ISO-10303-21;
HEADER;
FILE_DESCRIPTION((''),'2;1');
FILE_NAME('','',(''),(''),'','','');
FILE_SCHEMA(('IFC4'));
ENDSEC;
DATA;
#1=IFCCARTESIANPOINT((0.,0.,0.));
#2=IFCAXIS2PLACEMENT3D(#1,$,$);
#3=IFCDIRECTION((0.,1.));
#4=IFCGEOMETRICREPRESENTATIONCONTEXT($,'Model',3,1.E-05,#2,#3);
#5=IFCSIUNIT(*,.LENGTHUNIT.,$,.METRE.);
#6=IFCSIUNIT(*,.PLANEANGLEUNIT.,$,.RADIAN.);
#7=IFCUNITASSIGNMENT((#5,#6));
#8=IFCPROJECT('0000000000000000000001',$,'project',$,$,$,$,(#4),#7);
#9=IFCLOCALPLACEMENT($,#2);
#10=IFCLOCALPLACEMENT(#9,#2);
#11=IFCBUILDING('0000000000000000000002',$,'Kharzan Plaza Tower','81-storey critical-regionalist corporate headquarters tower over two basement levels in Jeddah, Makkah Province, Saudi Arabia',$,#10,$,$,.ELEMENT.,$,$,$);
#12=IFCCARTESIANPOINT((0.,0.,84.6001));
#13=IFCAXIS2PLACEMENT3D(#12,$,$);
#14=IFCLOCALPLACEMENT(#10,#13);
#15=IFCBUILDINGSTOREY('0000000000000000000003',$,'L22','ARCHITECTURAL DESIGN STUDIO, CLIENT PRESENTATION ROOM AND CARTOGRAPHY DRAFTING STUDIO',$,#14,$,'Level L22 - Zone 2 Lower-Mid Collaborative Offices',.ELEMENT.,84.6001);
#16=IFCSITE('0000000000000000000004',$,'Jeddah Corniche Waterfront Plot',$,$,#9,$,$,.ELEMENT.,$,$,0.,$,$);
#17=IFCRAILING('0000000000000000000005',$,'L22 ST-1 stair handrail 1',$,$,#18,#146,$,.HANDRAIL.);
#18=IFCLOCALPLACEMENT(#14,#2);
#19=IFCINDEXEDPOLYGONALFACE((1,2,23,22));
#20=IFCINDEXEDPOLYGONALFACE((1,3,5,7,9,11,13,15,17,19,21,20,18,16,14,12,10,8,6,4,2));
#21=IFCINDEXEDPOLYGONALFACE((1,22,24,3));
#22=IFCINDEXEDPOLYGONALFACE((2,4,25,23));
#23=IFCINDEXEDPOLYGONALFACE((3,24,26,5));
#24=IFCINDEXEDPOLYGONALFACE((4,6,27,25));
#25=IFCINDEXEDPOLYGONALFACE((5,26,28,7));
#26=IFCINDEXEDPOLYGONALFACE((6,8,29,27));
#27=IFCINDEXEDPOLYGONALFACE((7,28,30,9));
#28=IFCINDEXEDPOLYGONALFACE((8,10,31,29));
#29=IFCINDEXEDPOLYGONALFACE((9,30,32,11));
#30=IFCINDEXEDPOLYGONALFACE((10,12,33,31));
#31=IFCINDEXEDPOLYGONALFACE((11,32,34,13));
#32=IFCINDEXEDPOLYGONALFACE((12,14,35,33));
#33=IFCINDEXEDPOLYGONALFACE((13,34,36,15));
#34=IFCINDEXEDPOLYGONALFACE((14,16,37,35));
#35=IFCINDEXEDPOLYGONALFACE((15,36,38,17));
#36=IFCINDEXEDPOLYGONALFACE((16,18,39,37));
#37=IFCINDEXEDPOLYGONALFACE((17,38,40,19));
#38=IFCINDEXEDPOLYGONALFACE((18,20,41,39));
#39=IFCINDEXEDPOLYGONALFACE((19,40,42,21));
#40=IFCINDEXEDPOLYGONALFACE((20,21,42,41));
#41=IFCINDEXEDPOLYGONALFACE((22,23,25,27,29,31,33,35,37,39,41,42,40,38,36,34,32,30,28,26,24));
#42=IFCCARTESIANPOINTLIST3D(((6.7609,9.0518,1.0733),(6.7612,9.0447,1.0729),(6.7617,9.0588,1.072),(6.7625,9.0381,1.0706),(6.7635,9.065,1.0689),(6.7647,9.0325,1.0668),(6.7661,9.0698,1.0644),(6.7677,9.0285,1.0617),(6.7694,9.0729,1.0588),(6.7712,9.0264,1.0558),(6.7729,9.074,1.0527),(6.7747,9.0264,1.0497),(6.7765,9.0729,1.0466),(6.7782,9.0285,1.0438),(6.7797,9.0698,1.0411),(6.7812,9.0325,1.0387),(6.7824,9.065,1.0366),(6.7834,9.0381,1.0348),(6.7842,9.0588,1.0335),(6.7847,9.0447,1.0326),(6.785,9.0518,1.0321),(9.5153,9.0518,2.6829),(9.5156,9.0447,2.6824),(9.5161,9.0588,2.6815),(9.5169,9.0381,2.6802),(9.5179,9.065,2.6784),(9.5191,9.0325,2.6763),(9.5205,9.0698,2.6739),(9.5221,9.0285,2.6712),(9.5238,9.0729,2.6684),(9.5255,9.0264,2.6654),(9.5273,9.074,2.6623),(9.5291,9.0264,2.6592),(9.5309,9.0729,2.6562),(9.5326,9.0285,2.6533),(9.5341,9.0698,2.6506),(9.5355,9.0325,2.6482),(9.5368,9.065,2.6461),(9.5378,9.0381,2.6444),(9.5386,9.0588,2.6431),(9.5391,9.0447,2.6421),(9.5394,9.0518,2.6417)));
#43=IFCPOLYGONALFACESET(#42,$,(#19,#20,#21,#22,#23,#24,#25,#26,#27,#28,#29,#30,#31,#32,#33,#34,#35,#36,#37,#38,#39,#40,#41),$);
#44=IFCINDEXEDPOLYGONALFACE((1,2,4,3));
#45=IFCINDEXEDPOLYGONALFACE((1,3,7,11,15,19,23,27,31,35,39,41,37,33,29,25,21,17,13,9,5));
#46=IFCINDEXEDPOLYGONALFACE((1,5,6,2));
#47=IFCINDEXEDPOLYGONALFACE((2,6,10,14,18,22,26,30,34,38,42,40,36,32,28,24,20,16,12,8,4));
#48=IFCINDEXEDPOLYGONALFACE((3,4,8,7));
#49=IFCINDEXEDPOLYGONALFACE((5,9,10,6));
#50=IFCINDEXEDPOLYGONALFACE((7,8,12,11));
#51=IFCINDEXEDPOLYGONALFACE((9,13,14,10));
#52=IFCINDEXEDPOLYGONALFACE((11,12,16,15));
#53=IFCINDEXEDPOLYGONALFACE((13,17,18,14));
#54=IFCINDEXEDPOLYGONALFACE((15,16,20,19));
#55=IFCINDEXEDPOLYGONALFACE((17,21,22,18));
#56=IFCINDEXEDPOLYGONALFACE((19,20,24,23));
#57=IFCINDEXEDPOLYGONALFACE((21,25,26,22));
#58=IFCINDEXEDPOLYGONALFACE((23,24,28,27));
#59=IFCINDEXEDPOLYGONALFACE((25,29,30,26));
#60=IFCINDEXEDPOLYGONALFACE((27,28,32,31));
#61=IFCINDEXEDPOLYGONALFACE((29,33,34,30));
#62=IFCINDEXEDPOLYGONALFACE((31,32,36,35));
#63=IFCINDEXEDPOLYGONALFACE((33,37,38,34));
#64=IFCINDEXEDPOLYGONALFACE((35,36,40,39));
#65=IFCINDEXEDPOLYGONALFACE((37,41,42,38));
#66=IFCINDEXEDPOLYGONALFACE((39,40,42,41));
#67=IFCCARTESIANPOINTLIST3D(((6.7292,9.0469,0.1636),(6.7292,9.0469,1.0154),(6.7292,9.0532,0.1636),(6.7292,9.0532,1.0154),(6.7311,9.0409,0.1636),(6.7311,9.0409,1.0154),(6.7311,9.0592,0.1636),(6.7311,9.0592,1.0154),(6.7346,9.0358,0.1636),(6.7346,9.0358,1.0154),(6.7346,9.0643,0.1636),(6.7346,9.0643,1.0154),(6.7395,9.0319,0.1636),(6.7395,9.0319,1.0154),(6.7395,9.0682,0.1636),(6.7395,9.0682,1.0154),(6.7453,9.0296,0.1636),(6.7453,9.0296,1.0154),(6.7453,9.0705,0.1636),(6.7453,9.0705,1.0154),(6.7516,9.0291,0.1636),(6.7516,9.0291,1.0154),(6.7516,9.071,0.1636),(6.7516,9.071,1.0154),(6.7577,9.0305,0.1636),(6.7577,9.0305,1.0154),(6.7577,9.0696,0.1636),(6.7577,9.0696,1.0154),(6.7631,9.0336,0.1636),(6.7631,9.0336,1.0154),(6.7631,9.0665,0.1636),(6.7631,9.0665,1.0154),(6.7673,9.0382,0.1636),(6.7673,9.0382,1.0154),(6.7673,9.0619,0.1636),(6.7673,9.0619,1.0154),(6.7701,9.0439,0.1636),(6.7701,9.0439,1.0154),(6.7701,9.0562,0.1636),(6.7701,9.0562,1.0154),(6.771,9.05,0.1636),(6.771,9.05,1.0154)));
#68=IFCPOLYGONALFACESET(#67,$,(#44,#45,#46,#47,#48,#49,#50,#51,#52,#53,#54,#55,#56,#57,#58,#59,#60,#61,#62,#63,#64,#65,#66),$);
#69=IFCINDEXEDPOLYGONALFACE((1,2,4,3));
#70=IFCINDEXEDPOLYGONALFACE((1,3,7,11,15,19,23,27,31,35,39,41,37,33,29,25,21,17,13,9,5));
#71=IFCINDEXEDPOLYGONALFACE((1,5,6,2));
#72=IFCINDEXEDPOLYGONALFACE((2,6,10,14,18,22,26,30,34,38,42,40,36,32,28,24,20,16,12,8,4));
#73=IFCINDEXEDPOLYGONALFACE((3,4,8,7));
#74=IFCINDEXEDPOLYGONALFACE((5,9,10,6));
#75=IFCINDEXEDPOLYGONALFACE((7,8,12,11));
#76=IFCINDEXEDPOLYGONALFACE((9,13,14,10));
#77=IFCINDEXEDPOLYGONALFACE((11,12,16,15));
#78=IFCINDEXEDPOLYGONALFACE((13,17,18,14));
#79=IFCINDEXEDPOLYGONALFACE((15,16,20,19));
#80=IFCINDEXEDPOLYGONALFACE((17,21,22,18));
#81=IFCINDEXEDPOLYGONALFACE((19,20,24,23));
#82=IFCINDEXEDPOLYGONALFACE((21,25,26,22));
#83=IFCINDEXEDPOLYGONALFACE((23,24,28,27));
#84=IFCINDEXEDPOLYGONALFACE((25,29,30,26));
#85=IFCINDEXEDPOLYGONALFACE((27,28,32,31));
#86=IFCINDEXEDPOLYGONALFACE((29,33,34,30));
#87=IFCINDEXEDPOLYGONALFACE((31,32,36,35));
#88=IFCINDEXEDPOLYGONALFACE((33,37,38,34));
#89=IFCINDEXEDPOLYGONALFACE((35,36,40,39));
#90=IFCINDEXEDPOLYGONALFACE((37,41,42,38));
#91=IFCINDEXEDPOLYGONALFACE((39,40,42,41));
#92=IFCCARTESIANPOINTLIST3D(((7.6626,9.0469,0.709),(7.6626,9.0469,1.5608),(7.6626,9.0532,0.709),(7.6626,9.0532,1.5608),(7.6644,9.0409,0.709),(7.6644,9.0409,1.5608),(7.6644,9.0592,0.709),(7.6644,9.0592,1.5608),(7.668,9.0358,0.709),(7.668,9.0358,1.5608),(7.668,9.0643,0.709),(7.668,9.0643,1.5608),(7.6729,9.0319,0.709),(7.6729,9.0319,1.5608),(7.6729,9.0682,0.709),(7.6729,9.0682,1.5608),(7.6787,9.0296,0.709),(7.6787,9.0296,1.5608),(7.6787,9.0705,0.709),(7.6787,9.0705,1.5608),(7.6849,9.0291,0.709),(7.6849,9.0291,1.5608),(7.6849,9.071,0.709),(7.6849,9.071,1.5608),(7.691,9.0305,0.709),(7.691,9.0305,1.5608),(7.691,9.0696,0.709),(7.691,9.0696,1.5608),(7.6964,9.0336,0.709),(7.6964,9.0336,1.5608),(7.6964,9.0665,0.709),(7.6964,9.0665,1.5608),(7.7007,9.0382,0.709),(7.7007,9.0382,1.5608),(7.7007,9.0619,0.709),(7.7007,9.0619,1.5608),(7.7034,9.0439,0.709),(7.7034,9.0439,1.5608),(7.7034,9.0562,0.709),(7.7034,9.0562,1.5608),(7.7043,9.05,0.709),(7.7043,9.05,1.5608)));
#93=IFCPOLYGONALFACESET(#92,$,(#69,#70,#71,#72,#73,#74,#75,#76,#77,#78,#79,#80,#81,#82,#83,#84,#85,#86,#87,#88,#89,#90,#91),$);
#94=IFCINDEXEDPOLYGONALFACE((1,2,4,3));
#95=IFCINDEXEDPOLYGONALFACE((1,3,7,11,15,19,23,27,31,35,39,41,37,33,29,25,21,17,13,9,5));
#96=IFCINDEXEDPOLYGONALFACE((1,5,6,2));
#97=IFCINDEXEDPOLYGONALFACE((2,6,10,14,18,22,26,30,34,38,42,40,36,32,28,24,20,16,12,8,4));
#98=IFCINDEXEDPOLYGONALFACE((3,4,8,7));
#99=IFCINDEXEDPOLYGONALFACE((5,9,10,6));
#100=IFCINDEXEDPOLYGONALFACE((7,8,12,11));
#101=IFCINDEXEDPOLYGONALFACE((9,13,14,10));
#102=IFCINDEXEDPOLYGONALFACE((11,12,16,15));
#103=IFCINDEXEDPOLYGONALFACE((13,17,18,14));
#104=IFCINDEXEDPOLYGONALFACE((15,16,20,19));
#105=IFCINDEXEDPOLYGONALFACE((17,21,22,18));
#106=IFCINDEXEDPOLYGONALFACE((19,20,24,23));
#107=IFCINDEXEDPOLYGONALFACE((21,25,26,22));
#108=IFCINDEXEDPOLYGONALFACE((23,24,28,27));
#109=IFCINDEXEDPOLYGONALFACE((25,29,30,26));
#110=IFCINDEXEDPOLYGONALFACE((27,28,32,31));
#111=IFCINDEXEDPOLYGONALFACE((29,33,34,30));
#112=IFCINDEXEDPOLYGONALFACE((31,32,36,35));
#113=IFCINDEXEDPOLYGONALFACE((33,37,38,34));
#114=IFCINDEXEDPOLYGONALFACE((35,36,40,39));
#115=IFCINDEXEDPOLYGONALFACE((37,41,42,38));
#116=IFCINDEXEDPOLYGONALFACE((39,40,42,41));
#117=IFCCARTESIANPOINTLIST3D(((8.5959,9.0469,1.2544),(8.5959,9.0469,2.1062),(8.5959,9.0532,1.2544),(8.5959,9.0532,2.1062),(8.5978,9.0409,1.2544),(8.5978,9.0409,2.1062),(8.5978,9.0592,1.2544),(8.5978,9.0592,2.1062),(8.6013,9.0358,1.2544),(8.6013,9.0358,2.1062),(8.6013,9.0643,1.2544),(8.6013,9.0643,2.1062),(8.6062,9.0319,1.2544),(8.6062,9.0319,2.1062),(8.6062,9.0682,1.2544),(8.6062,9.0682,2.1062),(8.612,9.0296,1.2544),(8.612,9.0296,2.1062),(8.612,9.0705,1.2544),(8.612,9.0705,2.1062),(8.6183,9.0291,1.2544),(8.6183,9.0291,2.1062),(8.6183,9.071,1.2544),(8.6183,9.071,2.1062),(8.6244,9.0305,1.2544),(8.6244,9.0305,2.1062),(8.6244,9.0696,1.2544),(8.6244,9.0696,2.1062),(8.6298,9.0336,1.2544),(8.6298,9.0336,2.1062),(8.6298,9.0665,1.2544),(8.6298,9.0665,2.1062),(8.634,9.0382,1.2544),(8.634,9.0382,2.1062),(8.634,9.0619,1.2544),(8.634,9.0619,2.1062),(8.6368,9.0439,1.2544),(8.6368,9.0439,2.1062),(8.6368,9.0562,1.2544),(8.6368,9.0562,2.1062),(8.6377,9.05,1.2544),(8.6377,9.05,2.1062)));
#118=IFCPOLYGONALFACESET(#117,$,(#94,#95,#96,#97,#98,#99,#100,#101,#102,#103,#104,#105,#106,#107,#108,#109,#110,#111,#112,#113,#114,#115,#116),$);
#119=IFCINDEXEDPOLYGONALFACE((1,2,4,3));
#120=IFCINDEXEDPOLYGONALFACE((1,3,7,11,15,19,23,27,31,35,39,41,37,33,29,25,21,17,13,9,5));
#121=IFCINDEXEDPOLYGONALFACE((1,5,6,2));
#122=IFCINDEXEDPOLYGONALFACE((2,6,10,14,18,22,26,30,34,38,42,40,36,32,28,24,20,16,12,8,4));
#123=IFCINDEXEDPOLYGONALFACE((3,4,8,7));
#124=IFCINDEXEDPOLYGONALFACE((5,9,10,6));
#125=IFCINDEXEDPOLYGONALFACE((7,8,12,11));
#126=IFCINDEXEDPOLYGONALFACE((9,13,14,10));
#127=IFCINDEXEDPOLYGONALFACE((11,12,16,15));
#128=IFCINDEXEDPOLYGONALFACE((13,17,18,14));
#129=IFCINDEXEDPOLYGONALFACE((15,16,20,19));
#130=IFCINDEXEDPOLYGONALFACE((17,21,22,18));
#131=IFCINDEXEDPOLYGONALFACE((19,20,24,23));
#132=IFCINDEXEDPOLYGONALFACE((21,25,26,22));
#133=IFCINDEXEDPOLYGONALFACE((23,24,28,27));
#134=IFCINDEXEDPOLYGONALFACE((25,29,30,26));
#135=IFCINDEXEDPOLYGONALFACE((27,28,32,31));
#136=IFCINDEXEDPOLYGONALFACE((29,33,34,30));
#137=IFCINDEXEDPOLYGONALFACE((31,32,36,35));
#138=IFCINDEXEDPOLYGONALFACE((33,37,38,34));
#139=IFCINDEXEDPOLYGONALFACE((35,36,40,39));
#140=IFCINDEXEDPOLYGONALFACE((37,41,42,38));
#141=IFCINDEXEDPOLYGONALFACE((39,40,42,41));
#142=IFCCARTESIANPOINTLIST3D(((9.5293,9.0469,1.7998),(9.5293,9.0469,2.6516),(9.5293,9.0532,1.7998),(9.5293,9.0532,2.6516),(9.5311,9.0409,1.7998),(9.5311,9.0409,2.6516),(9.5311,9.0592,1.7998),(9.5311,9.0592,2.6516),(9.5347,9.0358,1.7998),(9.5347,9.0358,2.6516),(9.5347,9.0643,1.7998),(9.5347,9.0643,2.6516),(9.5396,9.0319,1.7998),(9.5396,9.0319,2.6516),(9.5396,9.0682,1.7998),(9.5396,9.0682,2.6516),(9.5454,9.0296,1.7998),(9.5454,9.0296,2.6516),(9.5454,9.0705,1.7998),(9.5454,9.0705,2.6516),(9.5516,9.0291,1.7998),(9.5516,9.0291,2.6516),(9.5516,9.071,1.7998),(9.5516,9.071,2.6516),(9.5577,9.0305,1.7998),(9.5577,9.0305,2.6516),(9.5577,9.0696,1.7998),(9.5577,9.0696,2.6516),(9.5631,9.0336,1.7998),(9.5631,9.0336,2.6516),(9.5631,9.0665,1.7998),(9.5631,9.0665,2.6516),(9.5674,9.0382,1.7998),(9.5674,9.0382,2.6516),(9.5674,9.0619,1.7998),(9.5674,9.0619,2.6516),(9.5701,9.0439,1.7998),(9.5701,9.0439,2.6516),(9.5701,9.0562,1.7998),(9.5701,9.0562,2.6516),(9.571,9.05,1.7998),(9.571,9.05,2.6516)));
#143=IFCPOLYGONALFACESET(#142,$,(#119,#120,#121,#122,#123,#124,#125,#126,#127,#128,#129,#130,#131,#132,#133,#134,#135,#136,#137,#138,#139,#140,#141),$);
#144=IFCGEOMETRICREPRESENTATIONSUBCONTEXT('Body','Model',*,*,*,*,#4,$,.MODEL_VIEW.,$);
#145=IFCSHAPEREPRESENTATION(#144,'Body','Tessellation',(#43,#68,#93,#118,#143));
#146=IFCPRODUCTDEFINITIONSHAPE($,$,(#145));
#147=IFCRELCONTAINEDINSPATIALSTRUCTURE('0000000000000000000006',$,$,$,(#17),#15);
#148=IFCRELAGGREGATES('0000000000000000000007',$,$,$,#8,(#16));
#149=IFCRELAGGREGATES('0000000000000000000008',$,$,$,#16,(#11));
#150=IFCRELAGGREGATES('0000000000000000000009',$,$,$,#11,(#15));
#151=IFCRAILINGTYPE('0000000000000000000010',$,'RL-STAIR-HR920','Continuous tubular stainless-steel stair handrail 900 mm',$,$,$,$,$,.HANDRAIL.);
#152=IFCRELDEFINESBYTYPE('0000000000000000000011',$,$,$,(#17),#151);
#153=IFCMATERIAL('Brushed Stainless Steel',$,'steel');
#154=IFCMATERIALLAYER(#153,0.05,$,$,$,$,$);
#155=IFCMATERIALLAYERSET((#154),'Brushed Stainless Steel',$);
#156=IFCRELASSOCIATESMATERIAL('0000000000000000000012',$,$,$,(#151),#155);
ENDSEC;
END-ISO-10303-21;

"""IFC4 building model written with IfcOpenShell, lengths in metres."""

from ifc_helpers import new_model, si_unit, direction, frame, origin, origin_2d, place, context, subcontext, project, spatial, circle, extrude, source, transform, mapped, material, layer, layer_set, type_object, element, save


model = new_model("IFC4")

# Units and contexts
model_context = context("Model", 3, precision=1e-05, world=origin(), true_north=direction((0.0, 1.0)))
body_context = subcontext(model_context, "Body", "Model", "MODEL_VIEW")
ifc_project = project(units=[si_unit("LENGTHUNIT", "METRE"), si_unit("PLANEANGLEUNIT", "RADIAN")], contexts=[model_context])

# Site, building, storey
site_placement = place(None, origin())
site = spatial("IfcSite", under=ifc_project, at=site_placement, Name="Jeddah Corniche Waterfront Plot", CompositionType="ELEMENT", RefElevation=0.0)
building_placement = place(site_placement, origin())
building = spatial("IfcBuilding", under=site, at=building_placement, Name="Kharzan Plaza Tower", Description="81-storey critical-regionalist corporate headquarters tower over two basement levels in Jeddah, Makkah Province, Saudi Arabia", CompositionType="ELEMENT")
storey_placement = place(building_placement, frame((0.0, 0.0, 84.6001)))
storey = spatial("IfcBuildingStorey", under=building, at=storey_placement, Name="L22", Description="ARCHITECTURAL DESIGN STUDIO, CLIENT PRESENTATION ROOM AND CARTOGRAPHY DRAFTING STUDIO", LongName="Level L22 - Zone 2 Lower-Mid Collaborative Offices", CompositionType="ELEMENT", Elevation=84.6001)

# Railing
ifc_material_1 = material(Name="Brushed Stainless Steel", Category="steel")
ifc_layer_1 = layer(ifc_material_1, 0.05)
ifc_layer_set_1 = layer_set([ifc_layer_1], Name="Brushed Stainless Steel")
railing_type_1 = type_object("IfcRailingType", Name="RL-STAIR-HR920", Description="Continuous tubular stainless-steel stair handrail 900 mm", PredefinedType="HANDRAIL", material=ifc_layer_set_1)
shared_shape_1 = source(origin(), body_context, "Body", "SweptSolid", [
    extrude(circle(Radius=0.0239, at=origin_2d()), frame((0.0229, 0.0, 0.8892), z_axis=(0.863394, 0.0, 0.504531), x_axis=(0.0, 1.0, 0.0)), (0.0, 0.0, 1.0), 3.1902),
    extrude(circle(Radius=0.021, at=origin_2d()), origin(), (0.0, 0.0, 1.0), 0.8518),
    extrude(circle(Radius=0.021, at=origin_2d()), frame((0.9333, 0.0, 0.5454)), (0.0, 0.0, 1.0), 0.8518),
    extrude(circle(Radius=0.021, at=origin_2d()), frame((1.8667, 0.0, 1.0908)), (0.0, 0.0, 1.0), 0.8518),
    extrude(circle(Radius=0.021, at=origin_2d()), frame((2.8, 0.0, 1.6362)), (0.0, 0.0, 1.0), 0.8518),
])
railing_1_placement = place(storey_placement, frame((6.75, 9.05, 0.1636)))
element("IfcRailing", 1, at=railing_1_placement, inside=storey, type_object=railing_type_1, Name="L22 ST-1 stair handrail 1", PredefinedType="HANDRAIL", context=body_context, shape_type="MappedRepresentation", body=[
    mapped(shared_shape_1, transform((0.0, 0.0, 0.0), x_axis=(1.0, 0.0, 0.0), y_axis=(0.0, 1.0, 0.0), z_axis=(0.0, 0.0, 1.0))),
])

save(model, "model.ifc")
